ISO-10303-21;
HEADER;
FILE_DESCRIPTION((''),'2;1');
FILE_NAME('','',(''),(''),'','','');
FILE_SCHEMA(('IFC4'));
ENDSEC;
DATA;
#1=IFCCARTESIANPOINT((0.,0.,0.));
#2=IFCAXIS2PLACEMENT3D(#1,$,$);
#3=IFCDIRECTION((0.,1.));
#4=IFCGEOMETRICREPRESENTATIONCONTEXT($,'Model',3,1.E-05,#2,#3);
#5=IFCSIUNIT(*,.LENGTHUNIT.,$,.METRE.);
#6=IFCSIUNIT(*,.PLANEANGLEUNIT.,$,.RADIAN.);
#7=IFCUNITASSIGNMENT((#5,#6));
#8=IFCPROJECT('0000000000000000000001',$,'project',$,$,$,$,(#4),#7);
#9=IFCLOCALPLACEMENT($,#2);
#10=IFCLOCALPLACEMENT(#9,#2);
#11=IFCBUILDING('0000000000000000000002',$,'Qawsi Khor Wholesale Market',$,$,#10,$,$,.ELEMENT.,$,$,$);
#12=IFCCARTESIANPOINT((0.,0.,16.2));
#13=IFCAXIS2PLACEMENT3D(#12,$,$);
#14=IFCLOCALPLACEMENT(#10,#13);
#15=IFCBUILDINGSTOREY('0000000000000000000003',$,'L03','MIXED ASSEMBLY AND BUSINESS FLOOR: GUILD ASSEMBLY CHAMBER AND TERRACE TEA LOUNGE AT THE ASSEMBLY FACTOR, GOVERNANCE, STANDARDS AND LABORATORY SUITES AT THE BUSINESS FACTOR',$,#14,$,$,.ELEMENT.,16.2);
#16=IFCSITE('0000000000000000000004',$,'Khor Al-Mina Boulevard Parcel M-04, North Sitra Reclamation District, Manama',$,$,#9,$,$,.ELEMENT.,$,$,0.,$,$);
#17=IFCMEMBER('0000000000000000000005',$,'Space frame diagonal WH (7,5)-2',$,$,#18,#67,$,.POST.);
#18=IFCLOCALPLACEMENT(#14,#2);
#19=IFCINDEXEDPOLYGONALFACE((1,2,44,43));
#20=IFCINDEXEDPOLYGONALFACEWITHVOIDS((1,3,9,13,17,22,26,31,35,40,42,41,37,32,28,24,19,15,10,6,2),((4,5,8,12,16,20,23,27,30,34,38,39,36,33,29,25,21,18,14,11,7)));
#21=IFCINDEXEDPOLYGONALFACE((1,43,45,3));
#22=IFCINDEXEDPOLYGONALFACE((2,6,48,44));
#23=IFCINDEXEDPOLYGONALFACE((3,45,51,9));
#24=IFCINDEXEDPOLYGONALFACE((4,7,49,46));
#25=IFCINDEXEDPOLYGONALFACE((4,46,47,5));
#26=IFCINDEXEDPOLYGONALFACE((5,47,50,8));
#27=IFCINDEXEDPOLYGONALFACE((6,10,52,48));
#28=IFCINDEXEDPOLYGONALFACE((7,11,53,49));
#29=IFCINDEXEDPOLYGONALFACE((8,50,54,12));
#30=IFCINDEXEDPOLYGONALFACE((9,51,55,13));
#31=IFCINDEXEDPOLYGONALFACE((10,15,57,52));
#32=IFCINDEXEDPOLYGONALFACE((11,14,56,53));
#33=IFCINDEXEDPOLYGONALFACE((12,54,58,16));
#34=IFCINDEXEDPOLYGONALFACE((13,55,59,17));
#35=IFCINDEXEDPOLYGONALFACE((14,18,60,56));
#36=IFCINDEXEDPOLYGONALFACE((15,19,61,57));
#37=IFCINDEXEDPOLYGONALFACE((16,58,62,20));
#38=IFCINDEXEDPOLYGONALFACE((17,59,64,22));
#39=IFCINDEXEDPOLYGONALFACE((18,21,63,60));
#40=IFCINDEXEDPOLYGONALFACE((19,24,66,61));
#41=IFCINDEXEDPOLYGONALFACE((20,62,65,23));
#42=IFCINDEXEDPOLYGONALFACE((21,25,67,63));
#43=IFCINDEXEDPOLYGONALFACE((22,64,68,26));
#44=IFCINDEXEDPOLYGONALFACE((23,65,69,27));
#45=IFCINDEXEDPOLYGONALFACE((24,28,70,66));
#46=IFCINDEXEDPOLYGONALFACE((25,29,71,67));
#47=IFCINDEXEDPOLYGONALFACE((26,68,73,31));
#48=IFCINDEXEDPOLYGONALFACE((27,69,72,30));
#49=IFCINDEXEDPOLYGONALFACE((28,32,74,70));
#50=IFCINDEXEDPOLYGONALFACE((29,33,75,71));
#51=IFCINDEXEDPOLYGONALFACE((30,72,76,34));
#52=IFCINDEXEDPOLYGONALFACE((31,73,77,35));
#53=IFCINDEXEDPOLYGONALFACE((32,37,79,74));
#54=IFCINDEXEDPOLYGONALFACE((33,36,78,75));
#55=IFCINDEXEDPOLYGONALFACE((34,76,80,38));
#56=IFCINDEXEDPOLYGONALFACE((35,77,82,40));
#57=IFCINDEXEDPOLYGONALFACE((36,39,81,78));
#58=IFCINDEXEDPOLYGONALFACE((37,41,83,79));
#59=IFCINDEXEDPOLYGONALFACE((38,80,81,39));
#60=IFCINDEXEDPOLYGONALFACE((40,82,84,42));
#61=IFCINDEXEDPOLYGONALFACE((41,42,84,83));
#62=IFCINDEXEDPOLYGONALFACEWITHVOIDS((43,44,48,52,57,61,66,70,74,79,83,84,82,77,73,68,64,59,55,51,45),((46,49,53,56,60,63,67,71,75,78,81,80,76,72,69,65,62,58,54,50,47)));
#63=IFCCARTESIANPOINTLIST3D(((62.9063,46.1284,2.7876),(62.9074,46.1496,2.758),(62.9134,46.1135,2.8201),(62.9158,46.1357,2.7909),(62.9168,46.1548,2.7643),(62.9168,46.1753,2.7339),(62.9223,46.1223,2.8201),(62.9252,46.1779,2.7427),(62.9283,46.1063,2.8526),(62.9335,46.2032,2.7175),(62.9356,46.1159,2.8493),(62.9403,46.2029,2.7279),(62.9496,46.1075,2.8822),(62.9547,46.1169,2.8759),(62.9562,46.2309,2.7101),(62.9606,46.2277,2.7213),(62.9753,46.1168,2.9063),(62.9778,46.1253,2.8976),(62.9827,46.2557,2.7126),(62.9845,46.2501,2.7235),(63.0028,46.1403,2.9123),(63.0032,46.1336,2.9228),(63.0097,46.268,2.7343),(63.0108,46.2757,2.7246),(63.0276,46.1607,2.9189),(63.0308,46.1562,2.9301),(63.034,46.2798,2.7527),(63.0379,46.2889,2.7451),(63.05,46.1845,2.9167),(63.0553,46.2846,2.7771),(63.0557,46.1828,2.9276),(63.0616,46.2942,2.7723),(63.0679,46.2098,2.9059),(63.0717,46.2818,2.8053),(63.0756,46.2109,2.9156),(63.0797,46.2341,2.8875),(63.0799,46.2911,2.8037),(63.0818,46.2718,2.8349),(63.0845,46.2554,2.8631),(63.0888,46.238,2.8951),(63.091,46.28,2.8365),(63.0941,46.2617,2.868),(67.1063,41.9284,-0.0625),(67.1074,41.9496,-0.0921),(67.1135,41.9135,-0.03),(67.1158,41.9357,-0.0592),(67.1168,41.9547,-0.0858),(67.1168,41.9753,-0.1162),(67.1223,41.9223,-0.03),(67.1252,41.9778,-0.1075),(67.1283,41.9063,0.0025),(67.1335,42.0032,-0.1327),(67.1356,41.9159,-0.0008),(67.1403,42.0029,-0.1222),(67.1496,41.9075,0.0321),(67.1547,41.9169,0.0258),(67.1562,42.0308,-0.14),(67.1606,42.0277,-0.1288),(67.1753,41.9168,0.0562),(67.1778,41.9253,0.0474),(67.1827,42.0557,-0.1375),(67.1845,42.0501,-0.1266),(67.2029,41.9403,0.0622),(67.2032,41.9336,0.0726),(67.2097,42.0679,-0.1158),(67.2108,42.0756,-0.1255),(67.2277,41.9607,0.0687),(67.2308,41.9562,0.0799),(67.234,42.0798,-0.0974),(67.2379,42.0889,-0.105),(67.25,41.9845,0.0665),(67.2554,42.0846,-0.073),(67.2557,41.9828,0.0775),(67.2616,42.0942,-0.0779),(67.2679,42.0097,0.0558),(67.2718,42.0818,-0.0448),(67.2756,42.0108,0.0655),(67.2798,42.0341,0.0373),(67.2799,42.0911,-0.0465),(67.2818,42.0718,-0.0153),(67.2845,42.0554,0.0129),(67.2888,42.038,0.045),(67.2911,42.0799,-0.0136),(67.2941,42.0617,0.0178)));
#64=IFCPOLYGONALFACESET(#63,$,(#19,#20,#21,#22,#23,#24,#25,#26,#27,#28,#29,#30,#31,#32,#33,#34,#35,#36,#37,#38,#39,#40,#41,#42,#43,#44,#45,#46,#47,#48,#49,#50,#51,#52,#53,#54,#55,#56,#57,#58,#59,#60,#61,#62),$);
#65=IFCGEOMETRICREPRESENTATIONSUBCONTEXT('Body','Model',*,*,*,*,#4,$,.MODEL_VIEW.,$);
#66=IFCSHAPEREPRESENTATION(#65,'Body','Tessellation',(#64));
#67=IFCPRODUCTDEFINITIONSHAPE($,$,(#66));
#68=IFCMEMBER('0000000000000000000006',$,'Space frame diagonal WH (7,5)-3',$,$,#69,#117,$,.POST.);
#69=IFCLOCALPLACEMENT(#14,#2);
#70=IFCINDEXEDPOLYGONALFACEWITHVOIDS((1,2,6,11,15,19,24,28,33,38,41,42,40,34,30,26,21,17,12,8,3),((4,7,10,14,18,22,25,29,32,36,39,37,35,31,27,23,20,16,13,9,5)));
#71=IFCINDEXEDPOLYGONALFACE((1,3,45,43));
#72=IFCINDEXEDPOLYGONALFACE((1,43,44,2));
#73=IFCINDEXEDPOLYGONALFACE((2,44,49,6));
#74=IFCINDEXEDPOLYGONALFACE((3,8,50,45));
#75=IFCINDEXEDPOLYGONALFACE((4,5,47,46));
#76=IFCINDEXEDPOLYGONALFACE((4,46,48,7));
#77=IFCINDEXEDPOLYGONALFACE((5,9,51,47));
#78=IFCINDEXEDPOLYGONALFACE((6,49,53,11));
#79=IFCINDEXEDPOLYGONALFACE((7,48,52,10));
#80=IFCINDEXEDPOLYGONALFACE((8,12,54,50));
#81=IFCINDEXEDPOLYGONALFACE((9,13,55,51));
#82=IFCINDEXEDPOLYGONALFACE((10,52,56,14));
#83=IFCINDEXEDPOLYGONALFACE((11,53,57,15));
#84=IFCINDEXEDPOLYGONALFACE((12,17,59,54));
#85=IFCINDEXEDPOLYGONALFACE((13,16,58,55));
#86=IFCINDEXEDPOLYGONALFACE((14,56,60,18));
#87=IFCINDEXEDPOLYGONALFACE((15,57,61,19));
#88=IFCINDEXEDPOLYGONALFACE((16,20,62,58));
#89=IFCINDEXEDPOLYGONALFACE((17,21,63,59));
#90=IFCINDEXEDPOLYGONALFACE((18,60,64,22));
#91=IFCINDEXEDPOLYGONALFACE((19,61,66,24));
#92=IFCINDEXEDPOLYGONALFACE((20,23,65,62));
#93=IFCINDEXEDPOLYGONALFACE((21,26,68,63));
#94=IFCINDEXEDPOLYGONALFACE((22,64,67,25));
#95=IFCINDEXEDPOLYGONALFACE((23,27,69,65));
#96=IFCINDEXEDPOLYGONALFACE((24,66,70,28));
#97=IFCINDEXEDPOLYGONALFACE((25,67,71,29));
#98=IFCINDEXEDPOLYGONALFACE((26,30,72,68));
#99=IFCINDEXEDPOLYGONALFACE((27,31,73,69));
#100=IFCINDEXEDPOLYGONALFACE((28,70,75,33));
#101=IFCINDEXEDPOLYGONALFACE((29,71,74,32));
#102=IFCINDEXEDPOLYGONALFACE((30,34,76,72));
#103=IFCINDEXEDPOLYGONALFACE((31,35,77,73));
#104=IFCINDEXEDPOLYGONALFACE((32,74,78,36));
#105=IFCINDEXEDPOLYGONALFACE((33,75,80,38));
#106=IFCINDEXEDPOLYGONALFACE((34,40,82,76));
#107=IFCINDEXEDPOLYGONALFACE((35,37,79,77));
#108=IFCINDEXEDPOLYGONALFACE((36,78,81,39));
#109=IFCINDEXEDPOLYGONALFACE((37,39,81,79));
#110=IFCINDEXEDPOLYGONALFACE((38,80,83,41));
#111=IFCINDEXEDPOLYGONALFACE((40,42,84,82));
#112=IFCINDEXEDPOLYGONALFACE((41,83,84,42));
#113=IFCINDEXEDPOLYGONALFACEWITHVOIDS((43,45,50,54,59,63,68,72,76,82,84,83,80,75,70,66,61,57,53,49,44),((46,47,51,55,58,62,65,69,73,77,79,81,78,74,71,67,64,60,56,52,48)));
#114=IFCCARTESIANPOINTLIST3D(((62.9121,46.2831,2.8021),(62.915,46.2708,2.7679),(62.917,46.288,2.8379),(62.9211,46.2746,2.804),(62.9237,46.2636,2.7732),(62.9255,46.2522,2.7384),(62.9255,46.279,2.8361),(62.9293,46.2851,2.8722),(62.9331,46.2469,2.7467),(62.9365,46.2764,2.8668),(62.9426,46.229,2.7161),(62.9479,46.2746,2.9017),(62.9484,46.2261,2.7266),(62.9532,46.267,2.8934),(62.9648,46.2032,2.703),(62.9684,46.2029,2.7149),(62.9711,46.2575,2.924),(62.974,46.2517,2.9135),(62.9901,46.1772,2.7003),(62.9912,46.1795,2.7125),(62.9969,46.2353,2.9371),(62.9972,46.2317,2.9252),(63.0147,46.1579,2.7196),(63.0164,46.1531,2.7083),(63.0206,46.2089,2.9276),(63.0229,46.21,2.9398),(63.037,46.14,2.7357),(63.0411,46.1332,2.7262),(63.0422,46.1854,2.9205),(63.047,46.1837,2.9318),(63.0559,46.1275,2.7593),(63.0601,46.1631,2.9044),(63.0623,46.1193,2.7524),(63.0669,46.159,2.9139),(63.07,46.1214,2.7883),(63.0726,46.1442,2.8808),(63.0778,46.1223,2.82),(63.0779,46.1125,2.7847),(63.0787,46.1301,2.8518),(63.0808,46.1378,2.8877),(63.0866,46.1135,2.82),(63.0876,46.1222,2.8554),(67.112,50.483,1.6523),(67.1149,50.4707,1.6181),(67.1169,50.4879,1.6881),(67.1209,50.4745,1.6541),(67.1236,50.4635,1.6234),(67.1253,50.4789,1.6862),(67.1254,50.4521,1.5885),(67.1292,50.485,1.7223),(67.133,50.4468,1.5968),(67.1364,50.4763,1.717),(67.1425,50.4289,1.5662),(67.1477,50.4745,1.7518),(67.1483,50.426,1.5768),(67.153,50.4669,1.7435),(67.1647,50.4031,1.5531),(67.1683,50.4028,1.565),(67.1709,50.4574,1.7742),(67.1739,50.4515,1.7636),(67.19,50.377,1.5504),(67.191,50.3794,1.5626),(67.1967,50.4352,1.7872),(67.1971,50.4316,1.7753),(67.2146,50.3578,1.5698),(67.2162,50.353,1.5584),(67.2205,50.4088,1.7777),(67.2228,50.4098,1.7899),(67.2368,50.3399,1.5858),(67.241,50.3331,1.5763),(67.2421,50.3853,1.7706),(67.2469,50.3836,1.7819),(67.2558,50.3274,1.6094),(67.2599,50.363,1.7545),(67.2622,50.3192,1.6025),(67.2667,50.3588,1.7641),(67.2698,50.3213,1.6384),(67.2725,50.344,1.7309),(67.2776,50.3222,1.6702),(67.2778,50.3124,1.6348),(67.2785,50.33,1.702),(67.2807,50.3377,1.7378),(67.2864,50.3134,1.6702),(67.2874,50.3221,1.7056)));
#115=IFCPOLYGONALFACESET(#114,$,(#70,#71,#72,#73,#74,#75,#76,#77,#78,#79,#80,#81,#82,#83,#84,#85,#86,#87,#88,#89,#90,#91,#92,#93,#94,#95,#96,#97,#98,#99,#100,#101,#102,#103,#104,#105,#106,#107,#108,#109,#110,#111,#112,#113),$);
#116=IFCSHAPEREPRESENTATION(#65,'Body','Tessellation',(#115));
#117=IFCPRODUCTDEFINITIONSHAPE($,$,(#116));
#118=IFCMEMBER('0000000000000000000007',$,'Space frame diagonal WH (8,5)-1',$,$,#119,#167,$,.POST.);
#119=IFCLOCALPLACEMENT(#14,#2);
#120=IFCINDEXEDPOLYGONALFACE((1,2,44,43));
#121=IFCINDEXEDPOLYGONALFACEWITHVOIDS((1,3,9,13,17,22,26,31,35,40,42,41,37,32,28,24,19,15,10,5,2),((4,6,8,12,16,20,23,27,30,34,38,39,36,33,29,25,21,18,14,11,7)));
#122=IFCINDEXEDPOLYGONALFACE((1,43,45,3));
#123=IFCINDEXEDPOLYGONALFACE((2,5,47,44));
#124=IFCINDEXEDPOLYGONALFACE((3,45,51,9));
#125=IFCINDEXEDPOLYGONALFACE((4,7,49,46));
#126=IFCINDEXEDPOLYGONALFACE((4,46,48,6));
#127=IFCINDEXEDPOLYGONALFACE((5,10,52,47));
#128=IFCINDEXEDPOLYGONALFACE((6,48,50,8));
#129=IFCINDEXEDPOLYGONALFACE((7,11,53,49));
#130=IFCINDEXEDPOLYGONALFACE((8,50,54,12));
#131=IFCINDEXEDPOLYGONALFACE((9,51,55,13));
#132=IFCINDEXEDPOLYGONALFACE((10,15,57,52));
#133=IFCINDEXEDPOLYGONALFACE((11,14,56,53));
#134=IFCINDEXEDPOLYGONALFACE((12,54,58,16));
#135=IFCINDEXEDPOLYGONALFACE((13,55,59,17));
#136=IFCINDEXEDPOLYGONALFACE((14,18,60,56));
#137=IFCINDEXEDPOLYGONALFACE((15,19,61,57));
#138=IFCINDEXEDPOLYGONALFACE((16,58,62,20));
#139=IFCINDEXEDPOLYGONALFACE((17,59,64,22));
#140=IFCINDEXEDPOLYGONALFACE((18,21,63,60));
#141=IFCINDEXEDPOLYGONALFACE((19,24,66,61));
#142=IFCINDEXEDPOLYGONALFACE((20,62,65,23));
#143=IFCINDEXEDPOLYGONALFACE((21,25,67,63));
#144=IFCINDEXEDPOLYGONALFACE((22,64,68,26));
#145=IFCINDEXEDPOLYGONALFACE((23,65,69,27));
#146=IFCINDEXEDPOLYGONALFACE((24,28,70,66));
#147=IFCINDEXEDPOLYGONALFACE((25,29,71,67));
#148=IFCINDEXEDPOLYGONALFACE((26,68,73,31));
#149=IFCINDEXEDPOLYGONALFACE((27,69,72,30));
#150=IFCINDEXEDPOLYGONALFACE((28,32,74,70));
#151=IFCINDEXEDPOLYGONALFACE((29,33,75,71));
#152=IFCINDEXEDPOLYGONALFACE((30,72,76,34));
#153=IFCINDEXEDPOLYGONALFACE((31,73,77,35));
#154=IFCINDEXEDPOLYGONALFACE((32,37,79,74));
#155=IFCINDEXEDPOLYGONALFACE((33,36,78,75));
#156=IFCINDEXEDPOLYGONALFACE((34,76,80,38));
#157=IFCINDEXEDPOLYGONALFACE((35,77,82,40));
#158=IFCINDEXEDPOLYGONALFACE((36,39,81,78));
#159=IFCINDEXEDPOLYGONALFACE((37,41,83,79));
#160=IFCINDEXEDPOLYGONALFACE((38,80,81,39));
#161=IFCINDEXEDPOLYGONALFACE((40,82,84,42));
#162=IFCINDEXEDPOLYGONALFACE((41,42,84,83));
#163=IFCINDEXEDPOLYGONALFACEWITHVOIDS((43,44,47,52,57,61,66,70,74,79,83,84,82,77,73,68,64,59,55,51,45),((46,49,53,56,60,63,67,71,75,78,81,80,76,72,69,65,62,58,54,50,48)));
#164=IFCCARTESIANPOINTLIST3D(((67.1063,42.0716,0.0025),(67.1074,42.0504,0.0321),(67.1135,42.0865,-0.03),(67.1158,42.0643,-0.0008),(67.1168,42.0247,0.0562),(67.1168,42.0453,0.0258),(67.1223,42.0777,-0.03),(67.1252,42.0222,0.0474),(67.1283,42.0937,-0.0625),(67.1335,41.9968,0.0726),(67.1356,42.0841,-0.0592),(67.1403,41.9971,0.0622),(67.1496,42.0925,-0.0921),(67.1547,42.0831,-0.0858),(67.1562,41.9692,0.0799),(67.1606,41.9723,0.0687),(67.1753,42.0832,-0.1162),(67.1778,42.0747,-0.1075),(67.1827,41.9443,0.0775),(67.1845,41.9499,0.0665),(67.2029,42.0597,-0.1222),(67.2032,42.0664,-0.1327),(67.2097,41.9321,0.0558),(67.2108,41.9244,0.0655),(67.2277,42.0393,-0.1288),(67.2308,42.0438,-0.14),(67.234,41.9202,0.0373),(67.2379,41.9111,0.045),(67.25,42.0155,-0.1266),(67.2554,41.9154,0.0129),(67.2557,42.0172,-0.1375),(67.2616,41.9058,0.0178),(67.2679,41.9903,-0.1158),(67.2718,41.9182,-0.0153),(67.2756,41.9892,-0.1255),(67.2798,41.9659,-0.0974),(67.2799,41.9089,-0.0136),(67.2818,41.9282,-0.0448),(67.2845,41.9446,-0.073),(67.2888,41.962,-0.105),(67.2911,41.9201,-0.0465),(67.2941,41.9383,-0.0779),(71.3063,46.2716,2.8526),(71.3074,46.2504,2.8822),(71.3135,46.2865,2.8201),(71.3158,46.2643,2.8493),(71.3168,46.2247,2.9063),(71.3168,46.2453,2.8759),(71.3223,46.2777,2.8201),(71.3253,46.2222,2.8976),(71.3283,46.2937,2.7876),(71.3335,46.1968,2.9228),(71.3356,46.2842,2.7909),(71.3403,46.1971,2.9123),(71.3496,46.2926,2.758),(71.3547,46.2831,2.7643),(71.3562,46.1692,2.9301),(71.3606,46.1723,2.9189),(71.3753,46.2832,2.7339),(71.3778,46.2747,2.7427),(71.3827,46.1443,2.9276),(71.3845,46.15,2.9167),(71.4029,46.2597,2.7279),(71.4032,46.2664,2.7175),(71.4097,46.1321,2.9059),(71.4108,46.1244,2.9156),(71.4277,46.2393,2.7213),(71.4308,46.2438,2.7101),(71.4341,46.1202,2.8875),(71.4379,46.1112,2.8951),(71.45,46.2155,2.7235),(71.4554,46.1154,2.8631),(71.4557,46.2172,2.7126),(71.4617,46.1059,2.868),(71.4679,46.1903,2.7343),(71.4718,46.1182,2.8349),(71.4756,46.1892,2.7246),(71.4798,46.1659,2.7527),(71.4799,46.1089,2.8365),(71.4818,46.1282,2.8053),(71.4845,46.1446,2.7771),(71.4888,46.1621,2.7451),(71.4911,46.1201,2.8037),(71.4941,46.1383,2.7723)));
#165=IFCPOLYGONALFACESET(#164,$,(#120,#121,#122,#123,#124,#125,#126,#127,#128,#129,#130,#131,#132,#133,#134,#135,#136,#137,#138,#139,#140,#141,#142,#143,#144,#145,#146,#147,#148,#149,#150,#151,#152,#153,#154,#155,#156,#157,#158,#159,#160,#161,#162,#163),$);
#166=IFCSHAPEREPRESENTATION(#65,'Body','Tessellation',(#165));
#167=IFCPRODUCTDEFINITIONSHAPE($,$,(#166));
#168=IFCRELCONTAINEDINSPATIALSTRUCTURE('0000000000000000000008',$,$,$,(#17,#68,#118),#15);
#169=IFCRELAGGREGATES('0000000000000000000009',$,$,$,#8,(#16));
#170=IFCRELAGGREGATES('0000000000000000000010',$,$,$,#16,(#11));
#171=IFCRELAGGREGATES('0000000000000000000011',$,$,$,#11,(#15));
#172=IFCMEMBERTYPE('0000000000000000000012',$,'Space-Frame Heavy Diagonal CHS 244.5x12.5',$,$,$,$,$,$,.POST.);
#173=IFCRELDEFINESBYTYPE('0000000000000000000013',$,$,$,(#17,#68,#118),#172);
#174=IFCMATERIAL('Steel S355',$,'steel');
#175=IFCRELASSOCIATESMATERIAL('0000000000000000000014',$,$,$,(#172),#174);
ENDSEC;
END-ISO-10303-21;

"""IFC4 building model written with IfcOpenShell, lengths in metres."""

from ifc_helpers import new_model, si_unit, direction, frame, origin, origin_2d, place, context, subcontext, project, spatial, hollow_circle, extrude, material, material_profile, profile_set, type_object, element, save


model = new_model("IFC4")

# Units and contexts
model_context = context("Model", 3, precision=1e-05, world=origin(), true_north=direction((0.0, 1.0)))
body_context = subcontext(model_context, "Body", "Model", "MODEL_VIEW")
ifc_project = project(units=[si_unit("LENGTHUNIT", "METRE"), si_unit("PLANEANGLEUNIT", "RADIAN")], contexts=[model_context])

# Site, building, storey
site_placement = place(None, origin())
site = spatial("IfcSite", under=ifc_project, at=site_placement, Name="Khor Al-Mina Boulevard Parcel M-04, North Sitra Reclamation District, Manama", CompositionType="ELEMENT", RefElevation=0.0)
building_placement = place(site_placement, origin())
building = spatial("IfcBuilding", under=site, at=building_placement, Name="Qawsi Khor Wholesale Market", CompositionType="ELEMENT")
storey_placement = place(building_placement, frame((0.0, 0.0, 16.2)))
storey = spatial("IfcBuildingStorey", under=building, at=storey_placement, Name="L03", Description="MIXED ASSEMBLY AND BUSINESS FLOOR: GUILD ASSEMBLY CHAMBER AND TERRACE TEA LOUNGE AT THE ASSEMBLY FACTOR, GOVERNANCE, STANDARDS AND LABORATORY SUITES AT THE BUSINESS FACTOR", CompositionType="ELEMENT", Elevation=16.2)

# Members
ifc_material_1 = material(Name="Steel S355", Category="steel")
ifc_material_profile_1 = material_profile(ifc_material_1, hollow_circle(Radius=0.1223, WallThickness=0.0125, at=origin_2d()), Name="CHS 244.5x12.5")
ifc_profile_set_1 = profile_set([ifc_material_profile_1], Name="Steel S355")
member_type_1 = type_object("IfcMemberType", Name="Space-Frame Heavy Diagonal CHS 244.5x12.5", PredefinedType="POST", material=ifc_profile_set_1)
member_1_placement = place(storey_placement, frame((67.2, 42.0, -0.03), z_axis=(-0.637512, 0.637512, 0.432617), x_axis=(-0.707107, -0.707107, 0.0)))
element("IfcMember", 1, at=member_1_placement, inside=storey, type_object=member_type_1, Name="Space frame diagonal WH (7,5)-2", PredefinedType="POST", context=body_context, shape_type="SweptSolid", body=[
    extrude(hollow_circle(Radius=0.1223, WallThickness=0.0125, at=origin_2d()), origin(), (0.0, 0.0, 1.0), 6.5881),
])
member_2_placement = place(storey_placement, frame((67.2, 50.3999, 1.6702), z_axis=(-0.694217, -0.694217, 0.190069), x_axis=(0.707107, -0.707107, 0.0)))
element("IfcMember", 2, at=member_2_placement, inside=storey, type_object=member_type_1, Name="Space frame diagonal WH (7,5)-3", PredefinedType="POST", context=body_context, shape_type="SweptSolid", body=[
    extrude(hollow_circle(Radius=0.1223, WallThickness=0.0125, at=origin_2d()), origin(), (0.0, 0.0, 1.0), 6.0498),
])
member_3_placement = place(storey_placement, frame((67.2, 42.0, -0.03), z_axis=(0.637512, 0.637512, 0.432617), x_axis=(-0.707107, 0.707107, 0.0)))
element("IfcMember", 3, at=member_3_placement, inside=storey, type_object=member_type_1, Name="Space frame diagonal WH (8,5)-1", PredefinedType="POST", context=body_context, shape_type="SweptSolid", body=[
    extrude(hollow_circle(Radius=0.1223, WallThickness=0.0125, at=origin_2d()), origin(), (0.0, 0.0, 1.0), 6.5881),
])

save(model, "model.ifc")
